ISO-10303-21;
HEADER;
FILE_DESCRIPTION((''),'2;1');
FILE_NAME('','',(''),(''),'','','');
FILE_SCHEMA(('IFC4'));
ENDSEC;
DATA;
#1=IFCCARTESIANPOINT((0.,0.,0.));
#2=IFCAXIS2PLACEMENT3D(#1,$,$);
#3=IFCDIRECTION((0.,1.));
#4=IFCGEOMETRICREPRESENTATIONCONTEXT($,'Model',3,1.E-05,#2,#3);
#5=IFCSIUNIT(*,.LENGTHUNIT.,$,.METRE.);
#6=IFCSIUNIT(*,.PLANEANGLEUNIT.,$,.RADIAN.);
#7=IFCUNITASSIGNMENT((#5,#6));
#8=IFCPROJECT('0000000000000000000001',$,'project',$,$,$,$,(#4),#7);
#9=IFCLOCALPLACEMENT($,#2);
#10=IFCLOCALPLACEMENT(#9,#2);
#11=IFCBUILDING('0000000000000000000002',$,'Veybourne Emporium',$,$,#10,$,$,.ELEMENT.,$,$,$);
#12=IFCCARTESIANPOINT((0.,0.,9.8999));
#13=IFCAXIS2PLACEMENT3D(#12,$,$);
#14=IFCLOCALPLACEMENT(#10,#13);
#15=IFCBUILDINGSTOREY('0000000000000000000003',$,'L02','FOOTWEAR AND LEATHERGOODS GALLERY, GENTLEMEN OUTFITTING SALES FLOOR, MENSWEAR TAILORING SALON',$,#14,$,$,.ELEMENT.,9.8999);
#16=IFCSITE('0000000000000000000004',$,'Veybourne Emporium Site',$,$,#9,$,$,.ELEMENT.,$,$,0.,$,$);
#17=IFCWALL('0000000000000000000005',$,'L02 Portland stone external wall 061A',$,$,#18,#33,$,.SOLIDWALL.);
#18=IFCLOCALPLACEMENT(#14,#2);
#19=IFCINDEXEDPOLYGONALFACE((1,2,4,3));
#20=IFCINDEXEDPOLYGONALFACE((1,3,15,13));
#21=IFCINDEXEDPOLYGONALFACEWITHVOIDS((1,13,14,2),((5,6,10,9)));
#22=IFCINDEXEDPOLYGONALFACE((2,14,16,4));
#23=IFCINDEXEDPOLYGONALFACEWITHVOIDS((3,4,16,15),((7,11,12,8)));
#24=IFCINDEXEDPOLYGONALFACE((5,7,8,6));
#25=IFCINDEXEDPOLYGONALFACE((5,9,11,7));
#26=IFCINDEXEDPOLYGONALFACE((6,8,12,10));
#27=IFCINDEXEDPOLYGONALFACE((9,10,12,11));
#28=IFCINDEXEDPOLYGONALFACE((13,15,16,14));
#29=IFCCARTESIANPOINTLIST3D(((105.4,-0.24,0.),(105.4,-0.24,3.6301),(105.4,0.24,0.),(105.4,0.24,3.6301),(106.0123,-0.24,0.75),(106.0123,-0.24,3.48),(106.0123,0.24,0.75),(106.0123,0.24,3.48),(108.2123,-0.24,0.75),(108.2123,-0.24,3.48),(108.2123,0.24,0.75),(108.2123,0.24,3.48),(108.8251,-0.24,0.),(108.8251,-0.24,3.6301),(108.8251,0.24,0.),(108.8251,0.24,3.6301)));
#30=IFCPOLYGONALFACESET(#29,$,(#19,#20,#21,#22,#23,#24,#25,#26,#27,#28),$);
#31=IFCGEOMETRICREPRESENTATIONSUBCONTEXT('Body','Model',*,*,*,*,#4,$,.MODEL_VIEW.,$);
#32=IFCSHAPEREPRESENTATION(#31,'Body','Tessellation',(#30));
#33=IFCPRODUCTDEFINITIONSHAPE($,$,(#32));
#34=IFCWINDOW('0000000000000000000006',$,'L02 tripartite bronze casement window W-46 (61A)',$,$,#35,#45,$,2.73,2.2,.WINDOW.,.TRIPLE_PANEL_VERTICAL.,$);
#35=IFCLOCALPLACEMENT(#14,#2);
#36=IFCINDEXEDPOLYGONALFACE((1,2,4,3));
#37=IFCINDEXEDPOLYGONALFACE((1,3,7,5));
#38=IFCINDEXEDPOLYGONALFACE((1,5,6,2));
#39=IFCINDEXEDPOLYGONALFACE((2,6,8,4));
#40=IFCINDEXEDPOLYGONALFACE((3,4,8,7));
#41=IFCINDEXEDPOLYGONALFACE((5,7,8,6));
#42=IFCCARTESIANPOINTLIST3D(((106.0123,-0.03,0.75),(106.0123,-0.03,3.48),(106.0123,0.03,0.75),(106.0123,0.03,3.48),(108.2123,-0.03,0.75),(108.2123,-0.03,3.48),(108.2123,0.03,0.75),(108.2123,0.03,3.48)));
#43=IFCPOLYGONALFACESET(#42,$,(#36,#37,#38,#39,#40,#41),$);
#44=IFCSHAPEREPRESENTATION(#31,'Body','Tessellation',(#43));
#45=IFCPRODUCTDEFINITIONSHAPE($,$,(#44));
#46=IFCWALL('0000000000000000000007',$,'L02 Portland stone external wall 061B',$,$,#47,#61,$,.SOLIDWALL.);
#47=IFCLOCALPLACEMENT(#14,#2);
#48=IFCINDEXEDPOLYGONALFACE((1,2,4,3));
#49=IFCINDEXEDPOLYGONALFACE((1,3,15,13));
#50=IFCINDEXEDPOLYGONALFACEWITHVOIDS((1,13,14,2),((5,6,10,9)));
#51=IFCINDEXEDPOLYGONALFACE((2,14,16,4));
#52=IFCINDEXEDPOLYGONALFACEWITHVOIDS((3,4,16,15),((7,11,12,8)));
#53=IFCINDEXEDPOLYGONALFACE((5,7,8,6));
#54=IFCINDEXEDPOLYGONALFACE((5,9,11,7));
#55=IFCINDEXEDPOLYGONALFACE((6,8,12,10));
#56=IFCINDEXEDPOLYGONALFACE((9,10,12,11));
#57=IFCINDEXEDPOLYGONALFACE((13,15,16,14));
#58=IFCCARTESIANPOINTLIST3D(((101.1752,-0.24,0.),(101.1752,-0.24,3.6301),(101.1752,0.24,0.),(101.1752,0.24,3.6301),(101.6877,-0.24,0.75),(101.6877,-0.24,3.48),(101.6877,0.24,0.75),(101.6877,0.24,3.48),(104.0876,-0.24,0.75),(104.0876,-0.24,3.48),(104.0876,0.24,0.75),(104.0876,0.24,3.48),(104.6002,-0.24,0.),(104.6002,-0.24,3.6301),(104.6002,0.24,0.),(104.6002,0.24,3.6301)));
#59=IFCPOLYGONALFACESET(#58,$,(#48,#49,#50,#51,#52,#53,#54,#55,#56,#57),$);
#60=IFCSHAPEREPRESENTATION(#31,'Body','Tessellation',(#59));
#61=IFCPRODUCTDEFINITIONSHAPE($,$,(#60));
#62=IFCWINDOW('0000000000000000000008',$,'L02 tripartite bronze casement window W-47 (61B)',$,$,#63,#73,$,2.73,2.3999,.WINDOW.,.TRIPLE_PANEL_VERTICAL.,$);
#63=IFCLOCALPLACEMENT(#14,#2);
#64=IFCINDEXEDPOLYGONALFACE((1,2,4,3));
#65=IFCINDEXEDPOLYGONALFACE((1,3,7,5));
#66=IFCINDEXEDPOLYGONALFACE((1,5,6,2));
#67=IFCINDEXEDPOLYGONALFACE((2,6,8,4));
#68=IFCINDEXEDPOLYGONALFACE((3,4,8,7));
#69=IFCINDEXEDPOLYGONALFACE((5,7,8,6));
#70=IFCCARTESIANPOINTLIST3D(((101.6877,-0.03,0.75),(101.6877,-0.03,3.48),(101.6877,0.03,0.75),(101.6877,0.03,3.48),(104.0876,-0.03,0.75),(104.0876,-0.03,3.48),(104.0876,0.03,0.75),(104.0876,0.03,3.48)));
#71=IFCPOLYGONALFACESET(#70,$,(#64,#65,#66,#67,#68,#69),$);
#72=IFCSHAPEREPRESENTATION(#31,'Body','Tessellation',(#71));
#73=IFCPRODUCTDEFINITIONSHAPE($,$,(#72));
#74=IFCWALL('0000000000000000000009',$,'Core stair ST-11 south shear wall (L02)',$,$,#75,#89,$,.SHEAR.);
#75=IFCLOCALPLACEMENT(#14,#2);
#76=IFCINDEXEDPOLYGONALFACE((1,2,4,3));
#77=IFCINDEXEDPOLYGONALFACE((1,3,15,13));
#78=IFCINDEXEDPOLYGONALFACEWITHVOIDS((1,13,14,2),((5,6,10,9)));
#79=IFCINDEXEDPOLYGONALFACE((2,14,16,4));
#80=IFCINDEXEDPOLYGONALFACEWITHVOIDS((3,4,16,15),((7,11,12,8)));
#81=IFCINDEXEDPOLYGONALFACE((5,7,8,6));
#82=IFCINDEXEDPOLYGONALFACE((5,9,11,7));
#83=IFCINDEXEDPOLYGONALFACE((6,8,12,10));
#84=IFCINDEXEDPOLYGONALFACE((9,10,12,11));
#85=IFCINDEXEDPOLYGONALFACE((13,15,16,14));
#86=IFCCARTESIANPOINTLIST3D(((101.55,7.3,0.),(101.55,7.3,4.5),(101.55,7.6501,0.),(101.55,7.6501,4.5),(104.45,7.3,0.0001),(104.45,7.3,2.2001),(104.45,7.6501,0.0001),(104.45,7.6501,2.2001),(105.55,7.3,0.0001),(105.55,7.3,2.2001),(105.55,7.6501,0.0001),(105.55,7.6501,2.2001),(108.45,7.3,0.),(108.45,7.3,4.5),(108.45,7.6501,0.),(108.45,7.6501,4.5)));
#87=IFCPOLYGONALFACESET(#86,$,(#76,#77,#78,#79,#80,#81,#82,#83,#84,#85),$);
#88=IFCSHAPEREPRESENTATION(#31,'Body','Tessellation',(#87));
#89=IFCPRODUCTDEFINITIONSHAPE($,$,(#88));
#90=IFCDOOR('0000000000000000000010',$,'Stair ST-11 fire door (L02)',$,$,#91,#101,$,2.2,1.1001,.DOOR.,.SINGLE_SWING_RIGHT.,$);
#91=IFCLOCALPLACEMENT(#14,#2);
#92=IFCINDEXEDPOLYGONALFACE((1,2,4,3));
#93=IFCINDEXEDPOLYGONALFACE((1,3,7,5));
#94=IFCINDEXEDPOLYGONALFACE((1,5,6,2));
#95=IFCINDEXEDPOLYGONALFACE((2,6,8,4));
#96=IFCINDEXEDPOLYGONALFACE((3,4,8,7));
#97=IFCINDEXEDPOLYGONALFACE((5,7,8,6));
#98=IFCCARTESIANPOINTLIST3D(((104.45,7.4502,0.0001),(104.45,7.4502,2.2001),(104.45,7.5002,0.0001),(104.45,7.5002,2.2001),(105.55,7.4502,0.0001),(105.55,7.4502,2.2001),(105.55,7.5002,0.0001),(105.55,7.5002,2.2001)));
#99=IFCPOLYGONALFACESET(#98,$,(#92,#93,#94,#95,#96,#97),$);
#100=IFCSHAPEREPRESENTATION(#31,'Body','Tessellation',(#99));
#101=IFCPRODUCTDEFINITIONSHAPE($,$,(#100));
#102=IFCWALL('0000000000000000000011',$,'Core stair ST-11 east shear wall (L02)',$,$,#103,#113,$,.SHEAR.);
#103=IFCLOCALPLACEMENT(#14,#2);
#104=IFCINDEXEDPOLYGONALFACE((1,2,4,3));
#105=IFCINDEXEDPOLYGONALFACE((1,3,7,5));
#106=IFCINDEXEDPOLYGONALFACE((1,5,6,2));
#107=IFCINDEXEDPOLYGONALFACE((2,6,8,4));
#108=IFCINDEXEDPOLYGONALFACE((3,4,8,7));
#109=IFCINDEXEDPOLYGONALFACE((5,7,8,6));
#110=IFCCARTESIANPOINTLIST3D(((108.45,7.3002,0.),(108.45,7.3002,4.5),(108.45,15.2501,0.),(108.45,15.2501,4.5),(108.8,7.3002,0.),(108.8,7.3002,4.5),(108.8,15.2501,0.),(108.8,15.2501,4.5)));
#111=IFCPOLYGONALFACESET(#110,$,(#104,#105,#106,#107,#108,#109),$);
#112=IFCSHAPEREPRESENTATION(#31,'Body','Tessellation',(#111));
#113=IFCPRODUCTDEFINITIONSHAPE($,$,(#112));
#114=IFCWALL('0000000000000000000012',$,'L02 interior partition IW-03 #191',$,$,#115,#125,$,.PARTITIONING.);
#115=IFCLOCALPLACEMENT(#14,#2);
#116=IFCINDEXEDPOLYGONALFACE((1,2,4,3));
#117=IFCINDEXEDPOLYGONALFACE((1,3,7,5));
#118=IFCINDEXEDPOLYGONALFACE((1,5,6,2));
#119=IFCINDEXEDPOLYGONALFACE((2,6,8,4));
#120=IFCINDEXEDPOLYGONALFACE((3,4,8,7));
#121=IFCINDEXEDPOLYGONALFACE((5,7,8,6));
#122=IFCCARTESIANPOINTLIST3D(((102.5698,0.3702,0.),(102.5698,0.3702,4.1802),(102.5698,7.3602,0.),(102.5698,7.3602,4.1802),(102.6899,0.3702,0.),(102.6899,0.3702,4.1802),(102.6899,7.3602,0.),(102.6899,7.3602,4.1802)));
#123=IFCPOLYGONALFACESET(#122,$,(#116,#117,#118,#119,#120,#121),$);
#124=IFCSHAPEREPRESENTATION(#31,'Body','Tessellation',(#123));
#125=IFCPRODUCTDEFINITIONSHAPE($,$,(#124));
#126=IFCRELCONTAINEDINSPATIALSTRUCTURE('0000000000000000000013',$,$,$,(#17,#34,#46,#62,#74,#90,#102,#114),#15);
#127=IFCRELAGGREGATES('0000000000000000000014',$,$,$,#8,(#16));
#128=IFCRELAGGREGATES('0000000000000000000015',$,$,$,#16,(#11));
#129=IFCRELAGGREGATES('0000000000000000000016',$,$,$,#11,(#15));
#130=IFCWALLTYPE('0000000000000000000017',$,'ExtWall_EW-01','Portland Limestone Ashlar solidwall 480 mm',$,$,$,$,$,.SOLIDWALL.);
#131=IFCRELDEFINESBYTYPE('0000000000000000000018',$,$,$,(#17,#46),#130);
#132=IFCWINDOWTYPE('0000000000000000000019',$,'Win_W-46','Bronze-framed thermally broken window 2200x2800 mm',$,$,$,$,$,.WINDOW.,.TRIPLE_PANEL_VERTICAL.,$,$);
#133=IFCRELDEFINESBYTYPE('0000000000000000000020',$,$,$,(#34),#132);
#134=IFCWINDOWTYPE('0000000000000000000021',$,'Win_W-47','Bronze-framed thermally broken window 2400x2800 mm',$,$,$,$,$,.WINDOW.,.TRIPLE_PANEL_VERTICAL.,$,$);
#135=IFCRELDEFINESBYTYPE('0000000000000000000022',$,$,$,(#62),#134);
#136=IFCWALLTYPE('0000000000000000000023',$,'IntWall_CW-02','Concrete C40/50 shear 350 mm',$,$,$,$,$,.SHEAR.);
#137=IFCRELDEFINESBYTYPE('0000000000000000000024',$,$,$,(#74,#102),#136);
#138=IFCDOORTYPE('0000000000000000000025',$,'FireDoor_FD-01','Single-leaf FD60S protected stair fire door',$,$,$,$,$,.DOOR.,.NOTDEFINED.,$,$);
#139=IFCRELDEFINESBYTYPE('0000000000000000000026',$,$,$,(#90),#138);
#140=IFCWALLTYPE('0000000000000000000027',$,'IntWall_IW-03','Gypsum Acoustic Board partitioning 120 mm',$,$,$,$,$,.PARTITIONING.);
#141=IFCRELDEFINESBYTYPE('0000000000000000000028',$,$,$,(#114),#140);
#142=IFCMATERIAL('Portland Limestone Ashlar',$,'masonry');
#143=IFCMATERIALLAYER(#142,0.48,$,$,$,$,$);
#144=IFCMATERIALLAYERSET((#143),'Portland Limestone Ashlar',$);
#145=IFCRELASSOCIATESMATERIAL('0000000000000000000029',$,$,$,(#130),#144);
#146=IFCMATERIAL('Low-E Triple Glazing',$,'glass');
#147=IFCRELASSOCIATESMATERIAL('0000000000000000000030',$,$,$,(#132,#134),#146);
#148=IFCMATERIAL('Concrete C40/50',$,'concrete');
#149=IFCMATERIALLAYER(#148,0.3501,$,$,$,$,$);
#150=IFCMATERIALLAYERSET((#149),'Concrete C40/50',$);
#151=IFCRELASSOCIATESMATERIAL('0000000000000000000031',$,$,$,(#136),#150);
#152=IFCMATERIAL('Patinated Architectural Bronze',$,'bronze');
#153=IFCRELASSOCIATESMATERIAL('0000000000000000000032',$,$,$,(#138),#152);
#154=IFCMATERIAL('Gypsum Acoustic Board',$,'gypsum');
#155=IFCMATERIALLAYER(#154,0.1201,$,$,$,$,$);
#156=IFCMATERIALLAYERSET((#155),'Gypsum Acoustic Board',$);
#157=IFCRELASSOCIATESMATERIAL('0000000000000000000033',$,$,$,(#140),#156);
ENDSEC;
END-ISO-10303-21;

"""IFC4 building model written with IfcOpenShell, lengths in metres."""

from ifc_helpers import new_model, si_unit, direction, frame, frame_2d, origin, place, context, subcontext, project, spatial, rectangle, extrude, material, layer, layer_set, type_object, element, fill, save


model = new_model("IFC4")

# Units and contexts
model_context = context("Model", 3, precision=1e-05, world=origin(), true_north=direction((0.0, 1.0)))
body_context = subcontext(model_context, "Body", "Model", "MODEL_VIEW")
ifc_project = project(units=[si_unit("LENGTHUNIT", "METRE"), si_unit("PLANEANGLEUNIT", "RADIAN")], contexts=[model_context])

# Site, building, storey
site_placement = place(None, origin())
site = spatial("IfcSite", under=ifc_project, at=site_placement, Name="Veybourne Emporium Site", CompositionType="ELEMENT", RefElevation=0.0)
building_placement = place(site_placement, origin())
building = spatial("IfcBuilding", under=site, at=building_placement, Name="Veybourne Emporium", CompositionType="ELEMENT")
storey_placement = place(building_placement, frame((0.0, 0.0, 9.8999)))
storey = spatial("IfcBuildingStorey", under=building, at=storey_placement, Name="L02", Description="FOOTWEAR AND LEATHERGOODS GALLERY, GENTLEMEN OUTFITTING SALES FLOOR, MENSWEAR TAILORING SALON", CompositionType="ELEMENT", Elevation=9.8999)

# Shared definitions
ifc_material_1 = material(Name="Concrete C40/50", Category="concrete")

# Shared definitions
ifc_material_2 = material(Name="Patinated Architectural Bronze", Category="bronze")

# Walls, openings, windows
ifc_material_3 = material(Name="Portland Limestone Ashlar", Category="masonry")
ifc_layer_1 = layer(ifc_material_3, 0.48)
ifc_layer_set_1 = layer_set([ifc_layer_1], Name="Portland Limestone Ashlar")
wall_type_1 = type_object("IfcWallType", Name="ExtWall_EW-01", Description="Portland Limestone Ashlar solidwall 480 mm", PredefinedType="SOLIDWALL", material=ifc_layer_set_1)
wall_1_placement = place(storey_placement, frame((108.825, 0.0, 0.0), z_axis=(0.0, 0.0, 1.0), x_axis=(-1.0, 0.0, 0.0)))
wall_1 = element("IfcWall", 1, at=wall_1_placement, inside=storey, type_object=wall_type_1, Name="L02 Portland stone external wall 061A", PredefinedType="SOLIDWALL", context=body_context, shape_type="SweptSolid", body=[
    extrude(rectangle(XDim=3.425, YDim=0.48, at=frame_2d((1.7124, 0.0))), origin(), (0.0, 0.0, 1.0), 3.6301),
])
opening_1_placement = place(wall_1_placement, frame((0.6125, 0.0, 0.75)))
opening_1 = element("IfcOpeningElement", 2, at=opening_1_placement, cuts=wall_1, PredefinedType="OPENING", context=body_context, shape_type="SweptSolid", body=[
    extrude(rectangle(XDim=2.2, YDim=2.73, at=frame_2d((1.1001, 1.365))), frame((0.0, 0.26, 0.0), z_axis=(0.0, -1.0, 0.0), x_axis=(1.0, 0.0, 0.0)), (0.0, 0.0, 1.0), 0.52),
])
ifc_material_4 = material(Name="Low-E Triple Glazing", Category="glass")
window_type_1 = type_object("IfcWindowType", Name="Win_W-46", Description="Bronze-framed thermally broken window 2200x2800 mm", PartitioningType="TRIPLE_PANEL_VERTICAL", PredefinedType="WINDOW", material=ifc_material_4)
window_1_placement = place(opening_1_placement, origin())
window_1 = element("IfcWindow", 3, at=window_1_placement, inside=storey, type_object=window_type_1, Name="L02 tripartite bronze casement window W-46 (61A)", OverallHeight=2.73, OverallWidth=2.2, PartitioningType="TRIPLE_PANEL_VERTICAL", PredefinedType="WINDOW", context=body_context, shape_type="SweptSolid", body=[
    extrude(rectangle(XDim=2.2, YDim=2.73, at=frame_2d((1.1001, 1.365))), frame((0.0, 0.03, 0.0), z_axis=(0.0, -1.0, 0.0), x_axis=(1.0, 0.0, 0.0)), (0.0, 0.0, 1.0), 0.0601),
])
fill(opening_1, window_1)
wall_2_placement = place(storey_placement, frame((104.6001, 0.0, 0.0), z_axis=(0.0, 0.0, 1.0), x_axis=(-1.0, 0.0, 0.0)))
wall_2 = element("IfcWall", 4, at=wall_2_placement, inside=storey, type_object=wall_type_1, Name="L02 Portland stone external wall 061B", PredefinedType="SOLIDWALL", context=body_context, shape_type="SweptSolid", body=[
    extrude(rectangle(XDim=3.425, YDim=0.48, at=frame_2d((1.7124, 0.0))), origin(), (0.0, 0.0, 1.0), 3.6301),
])
opening_2_placement = place(wall_2_placement, frame((0.5125, 0.0, 0.75)))
opening_2 = element("IfcOpeningElement", 5, at=opening_2_placement, cuts=wall_2, PredefinedType="OPENING", context=body_context, shape_type="SweptSolid", body=[
    extrude(rectangle(XDim=2.3999, YDim=2.73, at=frame_2d((1.2, 1.365))), frame((0.0, 0.26, 0.0), z_axis=(0.0, -1.0, 0.0), x_axis=(1.0, 0.0, 0.0)), (0.0, 0.0, 1.0), 0.52),
])
window_type_2 = type_object("IfcWindowType", Name="Win_W-47", Description="Bronze-framed thermally broken window 2400x2800 mm", PartitioningType="TRIPLE_PANEL_VERTICAL", PredefinedType="WINDOW", material=ifc_material_4)
window_2_placement = place(opening_2_placement, origin())
window_2 = element("IfcWindow", 6, at=window_2_placement, inside=storey, type_object=window_type_2, Name="L02 tripartite bronze casement window W-47 (61B)", OverallHeight=2.73, OverallWidth=2.3999, PartitioningType="TRIPLE_PANEL_VERTICAL", PredefinedType="WINDOW", context=body_context, shape_type="SweptSolid", body=[
    extrude(rectangle(XDim=2.3999, YDim=2.73, at=frame_2d((1.2, 1.365))), frame((0.0, 0.03, 0.0), z_axis=(0.0, -1.0, 0.0), x_axis=(1.0, 0.0, 0.0)), (0.0, 0.0, 1.0), 0.0601),
])
fill(opening_2, window_2)

# Wall, opening, door
ifc_layer_2 = layer(ifc_material_1, 0.3501)
ifc_layer_set_2 = layer_set([ifc_layer_2], Name="Concrete C40/50")
wall_type_2 = type_object("IfcWallType", Name="IntWall_CW-02", Description="Concrete C40/50 shear 350 mm", PredefinedType="SHEAR", material=ifc_layer_set_2)
wall_3_placement = place(storey_placement, frame((108.45, 7.4751, 0.0), z_axis=(0.0, 0.0, 1.0), x_axis=(-1.0, 0.0, 0.0)))
wall_3 = element("IfcWall", 7, at=wall_3_placement, inside=storey, type_object=wall_type_2, Name="Core stair ST-11 south shear wall (L02)", PredefinedType="SHEAR", context=body_context, shape_type="SweptSolid", body=[
    extrude(rectangle(XDim=6.8999, YDim=0.3501, at=frame_2d((3.45, 0.0))), origin(), (0.0, 0.0, 1.0), 4.5),
])
opening_3_placement = place(wall_3_placement, frame((2.8999, 0.0, 0.0)))
opening_3 = element("IfcOpeningElement", 8, at=opening_3_placement, cuts=wall_3, PredefinedType="OPENING", context=body_context, shape_type="SweptSolid", body=[
    extrude(rectangle(XDim=1.1001, YDim=2.2, at=frame_2d((0.55, 1.1001))), frame((0.0, 0.1951, 0.0), z_axis=(0.0, -1.0, 0.0), x_axis=(1.0, 0.0, 0.0)), (0.0, 0.0, 1.0), 0.3901),
])
door_type = type_object("IfcDoorType", Name="FireDoor_FD-01", Description="Single-leaf FD60S protected stair fire door", OperationType="NOTDEFINED", PredefinedType="DOOR", material=ifc_material_2)
door_placement = place(opening_3_placement, origin())
door = element("IfcDoor", 9, at=door_placement, inside=storey, type_object=door_type, Name="Stair ST-11 fire door (L02)", OperationType="SINGLE_SWING_RIGHT", OverallHeight=2.2, OverallWidth=1.1001, PredefinedType="DOOR", context=body_context, shape_type="SweptSolid", body=[
    extrude(rectangle(XDim=1.1001, YDim=2.2, at=frame_2d((0.55, 1.1001))), frame((0.0, 0.0249, 0.0), z_axis=(0.0, -1.0, 0.0), x_axis=(1.0, 0.0, 0.0)), (0.0, 0.0, 1.0), 0.05),
])
fill(opening_3, door)

# Walls
wall_4_placement = place(storey_placement, frame((108.625, 7.3, 0.0), z_axis=(0.0, 0.0, 1.0), x_axis=(0.0, 1.0, 0.0)))
element("IfcWall", 10, at=wall_4_placement, inside=storey, type_object=wall_type_2, Name="Core stair ST-11 east shear wall (L02)", PredefinedType="SHEAR", context=body_context, shape_type="SweptSolid", body=[
    extrude(rectangle(XDim=7.95, YDim=0.3501, at=frame_2d((3.9751, 0.0))), origin(), (0.0, 0.0, 1.0), 4.5),
])
ifc_material_5 = material(Name="Gypsum Acoustic Board", Category="gypsum")
ifc_layer_3 = layer(ifc_material_5, 0.1201)
ifc_layer_set_3 = layer_set([ifc_layer_3], Name="Gypsum Acoustic Board")
wall_type_3 = type_object("IfcWallType", Name="IntWall_IW-03", Description="Gypsum Acoustic Board partitioning 120 mm", PredefinedType="PARTITIONING", material=ifc_layer_set_3)
wall_5_placement = place(storey_placement, frame((102.6299, 0.3701, 0.0), z_axis=(0.0, 0.0, 1.0), x_axis=(0.0, 1.0, 0.0)))
element("IfcWall", 11, at=wall_5_placement, inside=storey, type_object=wall_type_3, Name="L02 interior partition IW-03 #191", PredefinedType="PARTITIONING", context=body_context, shape_type="SweptSolid", body=[
    extrude(rectangle(XDim=6.99, YDim=0.1201, at=frame_2d((3.4951, 0.0))), origin(), (0.0, 0.0, 1.0), 4.1802),
])

save(model, "model.ifc")
